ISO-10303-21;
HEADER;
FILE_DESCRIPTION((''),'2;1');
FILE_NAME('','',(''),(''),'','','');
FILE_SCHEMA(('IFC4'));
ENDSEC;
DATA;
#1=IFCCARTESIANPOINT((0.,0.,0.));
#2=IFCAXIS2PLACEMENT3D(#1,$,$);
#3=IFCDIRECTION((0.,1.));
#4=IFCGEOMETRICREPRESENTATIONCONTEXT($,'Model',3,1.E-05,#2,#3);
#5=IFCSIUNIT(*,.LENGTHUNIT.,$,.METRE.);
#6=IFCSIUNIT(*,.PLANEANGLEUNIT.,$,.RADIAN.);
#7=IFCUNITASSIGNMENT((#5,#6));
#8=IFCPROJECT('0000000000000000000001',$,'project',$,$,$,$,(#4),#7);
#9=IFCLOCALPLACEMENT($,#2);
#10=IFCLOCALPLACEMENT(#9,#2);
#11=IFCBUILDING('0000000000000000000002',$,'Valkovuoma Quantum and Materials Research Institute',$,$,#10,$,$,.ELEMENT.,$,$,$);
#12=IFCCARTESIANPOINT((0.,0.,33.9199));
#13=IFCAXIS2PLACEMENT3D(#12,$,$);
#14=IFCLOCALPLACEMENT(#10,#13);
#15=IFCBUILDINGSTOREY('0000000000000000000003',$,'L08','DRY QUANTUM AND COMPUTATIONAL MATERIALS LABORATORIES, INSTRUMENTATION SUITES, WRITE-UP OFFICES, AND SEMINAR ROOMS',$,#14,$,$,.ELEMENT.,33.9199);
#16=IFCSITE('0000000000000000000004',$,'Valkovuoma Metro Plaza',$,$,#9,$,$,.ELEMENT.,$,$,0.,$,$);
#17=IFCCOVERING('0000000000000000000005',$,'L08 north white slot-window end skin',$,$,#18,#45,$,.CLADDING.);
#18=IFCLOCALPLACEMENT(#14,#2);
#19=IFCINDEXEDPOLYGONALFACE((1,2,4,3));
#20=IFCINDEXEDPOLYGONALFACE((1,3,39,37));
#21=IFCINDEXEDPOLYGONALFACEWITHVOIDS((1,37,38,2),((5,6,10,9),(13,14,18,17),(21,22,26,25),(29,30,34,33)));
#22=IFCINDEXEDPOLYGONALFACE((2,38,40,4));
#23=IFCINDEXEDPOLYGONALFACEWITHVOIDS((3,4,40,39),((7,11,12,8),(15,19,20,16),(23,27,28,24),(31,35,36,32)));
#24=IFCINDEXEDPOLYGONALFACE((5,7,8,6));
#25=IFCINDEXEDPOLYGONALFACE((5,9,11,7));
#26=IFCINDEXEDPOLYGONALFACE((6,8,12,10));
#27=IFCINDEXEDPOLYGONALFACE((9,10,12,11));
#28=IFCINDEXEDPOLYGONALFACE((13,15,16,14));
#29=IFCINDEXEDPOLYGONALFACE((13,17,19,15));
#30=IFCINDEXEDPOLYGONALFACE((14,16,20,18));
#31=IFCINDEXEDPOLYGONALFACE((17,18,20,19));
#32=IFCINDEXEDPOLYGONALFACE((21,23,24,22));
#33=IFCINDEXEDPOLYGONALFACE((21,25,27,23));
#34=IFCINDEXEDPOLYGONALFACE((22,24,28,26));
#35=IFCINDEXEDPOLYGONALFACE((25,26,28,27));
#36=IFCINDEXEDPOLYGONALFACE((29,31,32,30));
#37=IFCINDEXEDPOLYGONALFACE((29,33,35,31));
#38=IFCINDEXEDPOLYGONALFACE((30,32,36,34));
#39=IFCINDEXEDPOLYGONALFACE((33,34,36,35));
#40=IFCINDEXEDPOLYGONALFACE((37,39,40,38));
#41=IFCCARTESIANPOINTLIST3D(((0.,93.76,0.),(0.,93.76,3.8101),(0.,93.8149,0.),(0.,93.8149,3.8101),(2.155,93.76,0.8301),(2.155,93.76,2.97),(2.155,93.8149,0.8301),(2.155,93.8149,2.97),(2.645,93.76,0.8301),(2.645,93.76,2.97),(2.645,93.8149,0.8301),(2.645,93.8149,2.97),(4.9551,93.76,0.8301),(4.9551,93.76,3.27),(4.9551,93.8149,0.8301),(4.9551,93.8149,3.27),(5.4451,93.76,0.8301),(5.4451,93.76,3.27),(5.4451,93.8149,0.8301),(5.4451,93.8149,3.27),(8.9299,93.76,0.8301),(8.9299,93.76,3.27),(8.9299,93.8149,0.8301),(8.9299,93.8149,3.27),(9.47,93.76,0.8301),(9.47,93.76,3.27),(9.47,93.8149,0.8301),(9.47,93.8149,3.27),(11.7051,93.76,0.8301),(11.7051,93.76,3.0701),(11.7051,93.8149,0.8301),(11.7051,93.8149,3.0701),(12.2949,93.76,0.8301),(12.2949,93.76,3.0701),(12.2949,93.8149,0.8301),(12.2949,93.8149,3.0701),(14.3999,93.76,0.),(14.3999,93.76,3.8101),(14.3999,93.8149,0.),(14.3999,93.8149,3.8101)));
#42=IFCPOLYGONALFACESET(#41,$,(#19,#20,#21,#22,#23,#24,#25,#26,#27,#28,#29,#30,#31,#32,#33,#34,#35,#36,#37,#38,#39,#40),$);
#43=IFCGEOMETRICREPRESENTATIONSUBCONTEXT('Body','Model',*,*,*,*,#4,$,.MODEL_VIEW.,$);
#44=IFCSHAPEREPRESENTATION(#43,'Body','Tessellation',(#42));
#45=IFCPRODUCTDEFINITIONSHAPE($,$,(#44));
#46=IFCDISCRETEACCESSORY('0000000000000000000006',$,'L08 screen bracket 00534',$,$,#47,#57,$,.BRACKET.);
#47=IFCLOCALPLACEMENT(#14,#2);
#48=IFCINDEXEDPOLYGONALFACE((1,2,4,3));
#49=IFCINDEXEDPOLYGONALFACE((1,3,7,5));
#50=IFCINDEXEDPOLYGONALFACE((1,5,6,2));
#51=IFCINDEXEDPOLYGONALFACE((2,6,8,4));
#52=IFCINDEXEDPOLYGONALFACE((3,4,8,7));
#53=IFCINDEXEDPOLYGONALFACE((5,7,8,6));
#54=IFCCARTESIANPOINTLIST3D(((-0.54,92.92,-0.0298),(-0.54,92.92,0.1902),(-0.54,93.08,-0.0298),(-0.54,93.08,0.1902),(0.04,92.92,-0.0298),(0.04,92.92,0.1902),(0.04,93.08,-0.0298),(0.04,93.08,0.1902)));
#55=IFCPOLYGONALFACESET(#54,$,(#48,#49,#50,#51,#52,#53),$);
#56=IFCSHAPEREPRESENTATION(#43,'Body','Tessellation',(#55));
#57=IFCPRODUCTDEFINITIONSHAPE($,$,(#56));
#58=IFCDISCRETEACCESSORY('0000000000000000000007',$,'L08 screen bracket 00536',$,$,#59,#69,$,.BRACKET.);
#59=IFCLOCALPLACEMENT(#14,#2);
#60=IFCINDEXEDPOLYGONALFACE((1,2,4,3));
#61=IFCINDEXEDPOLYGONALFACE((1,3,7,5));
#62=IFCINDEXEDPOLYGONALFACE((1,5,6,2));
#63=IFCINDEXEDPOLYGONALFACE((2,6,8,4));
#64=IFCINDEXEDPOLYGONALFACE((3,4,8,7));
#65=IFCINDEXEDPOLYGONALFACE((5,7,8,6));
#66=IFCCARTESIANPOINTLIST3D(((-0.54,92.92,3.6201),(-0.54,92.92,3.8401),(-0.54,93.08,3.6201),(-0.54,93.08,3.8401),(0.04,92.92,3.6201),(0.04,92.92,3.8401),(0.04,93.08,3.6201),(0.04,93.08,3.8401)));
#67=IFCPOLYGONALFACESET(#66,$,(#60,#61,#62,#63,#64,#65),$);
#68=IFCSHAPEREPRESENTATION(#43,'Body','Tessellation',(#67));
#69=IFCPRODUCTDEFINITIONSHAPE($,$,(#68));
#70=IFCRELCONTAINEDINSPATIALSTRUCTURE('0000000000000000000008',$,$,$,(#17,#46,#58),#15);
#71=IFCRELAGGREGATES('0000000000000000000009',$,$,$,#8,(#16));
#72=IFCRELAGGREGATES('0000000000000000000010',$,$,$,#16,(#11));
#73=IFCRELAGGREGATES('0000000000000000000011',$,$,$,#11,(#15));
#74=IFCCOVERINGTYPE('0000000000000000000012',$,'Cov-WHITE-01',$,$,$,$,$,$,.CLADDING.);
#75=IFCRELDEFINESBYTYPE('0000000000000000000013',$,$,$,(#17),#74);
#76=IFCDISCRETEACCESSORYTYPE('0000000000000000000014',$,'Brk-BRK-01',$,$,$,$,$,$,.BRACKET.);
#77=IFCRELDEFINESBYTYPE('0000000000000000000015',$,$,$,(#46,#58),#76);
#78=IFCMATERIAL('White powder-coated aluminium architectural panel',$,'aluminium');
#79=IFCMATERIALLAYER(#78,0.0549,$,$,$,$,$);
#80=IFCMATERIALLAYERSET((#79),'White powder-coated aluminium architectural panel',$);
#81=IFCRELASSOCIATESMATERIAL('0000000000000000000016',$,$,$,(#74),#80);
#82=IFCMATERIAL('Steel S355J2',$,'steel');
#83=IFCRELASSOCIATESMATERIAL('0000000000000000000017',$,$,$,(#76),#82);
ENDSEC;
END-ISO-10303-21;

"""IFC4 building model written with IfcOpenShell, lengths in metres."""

from ifc_helpers import new_model, si_unit, direction, frame, origin, origin_2d, place, context, subcontext, project, spatial, polyline, rectangle, outline, extrude, material, layer, layer_set, type_object, element, save


model = new_model("IFC4")

# Units and contexts
model_context = context("Model", 3, precision=1e-05, world=origin(), true_north=direction((0.0, 1.0)))
body_context = subcontext(model_context, "Body", "Model", "MODEL_VIEW")
ifc_project = project(units=[si_unit("LENGTHUNIT", "METRE"), si_unit("PLANEANGLEUNIT", "RADIAN")], contexts=[model_context])

# Site, building, storey
site_placement = place(None, origin())
site = spatial("IfcSite", under=ifc_project, at=site_placement, Name="Valkovuoma Metro Plaza", CompositionType="ELEMENT", RefElevation=0.0)
building_placement = place(site_placement, origin())
building = spatial("IfcBuilding", under=site, at=building_placement, Name="Valkovuoma Quantum and Materials Research Institute", CompositionType="ELEMENT")
storey_placement = place(building_placement, frame((0.0, 0.0, 33.9199)))
storey = spatial("IfcBuildingStorey", under=building, at=storey_placement, Name="L08", Description="DRY QUANTUM AND COMPUTATIONAL MATERIALS LABORATORIES, INSTRUMENTATION SUITES, WRITE-UP OFFICES, AND SEMINAR ROOMS", CompositionType="ELEMENT", Elevation=33.9199)

# Covering
ifc_material_1 = material(Name="White powder-coated aluminium architectural panel", Category="aluminium")
ifc_layer_1 = layer(ifc_material_1, 0.0549)
ifc_layer_set_1 = layer_set([ifc_layer_1], Name="White powder-coated aluminium architectural panel")
covering_type = type_object("IfcCoveringType", Name="Cov-WHITE-01", PredefinedType="CLADDING", material=ifc_layer_set_1)
covering_placement = place(storey_placement, frame((0.0, 93.7876, 0.0), z_axis=(0.0, 0.0, 1.0), x_axis=(1.0, 0.0, 0.0)))
element("IfcCovering", 1, at=covering_placement, inside=storey, type_object=covering_type, Name="L08 north white slot-window end skin", PredefinedType="CLADDING", context=body_context, shape_type="SweptSolid", body=[
    extrude(outline(polyline([(0.0, 0.0), (14.3999, 0.0), (14.3999, 3.8101), (0.0, 3.8101), (0.0, 0.0)]), holes=[polyline([(2.155, 0.8301), (2.155, 2.97), (2.645, 2.97), (2.645, 0.8301), (2.155, 0.8301)]), polyline([(4.9551, 0.8301), (4.9551, 3.27), (5.4451, 3.27), (5.4451, 0.8301), (4.9551, 0.8301)]), polyline([(8.9299, 0.8301), (8.9299, 3.27), (9.47, 3.27), (9.47, 0.8301), (8.9299, 0.8301)]), polyline([(11.7051, 0.8301), (11.7051, 3.0701), (12.2949, 3.0701), (12.2949, 0.8301), (11.7051, 0.8301)])]), frame((0.0, 0.0273, 0.0), z_axis=(0.0, -1.0, 0.0), x_axis=(1.0, 0.0, 0.0)), (0.0, 0.0, 1.0), 0.0549),
])

# Discrete accessories
ifc_material_2 = material(Name="Steel S355J2", Category="steel")
discrete_accessory_type = type_object("IfcDiscreteAccessoryType", Name="Brk-BRK-01", PredefinedType="BRACKET", material=ifc_material_2)
for number, where, z_axis, x_axis, name in (
    (2, (-0.25, 93.0, -0.0298), (0.0, 0.0, 1.0), (1.0, 0.0, 0.0), "L08 screen bracket 00534"),
    (3, (-0.25, 93.0, 3.6201), (0.0, 0.0, 1.0), (1.0, 0.0, 0.0), "L08 screen bracket 00536"),
):
    element("IfcDiscreteAccessory", number, at=place(storey_placement, frame(where, z_axis=z_axis, x_axis=x_axis)), inside=storey, type_object=discrete_accessory_type, Name=name, PredefinedType="BRACKET", context=body_context, shape_type="SweptSolid", body=[
        extrude(rectangle(XDim=0.5801, YDim=0.1599, at=origin_2d()), origin(), (0.0, 0.0, 1.0), 0.22),
    ])

save(model, "model.ifc")
